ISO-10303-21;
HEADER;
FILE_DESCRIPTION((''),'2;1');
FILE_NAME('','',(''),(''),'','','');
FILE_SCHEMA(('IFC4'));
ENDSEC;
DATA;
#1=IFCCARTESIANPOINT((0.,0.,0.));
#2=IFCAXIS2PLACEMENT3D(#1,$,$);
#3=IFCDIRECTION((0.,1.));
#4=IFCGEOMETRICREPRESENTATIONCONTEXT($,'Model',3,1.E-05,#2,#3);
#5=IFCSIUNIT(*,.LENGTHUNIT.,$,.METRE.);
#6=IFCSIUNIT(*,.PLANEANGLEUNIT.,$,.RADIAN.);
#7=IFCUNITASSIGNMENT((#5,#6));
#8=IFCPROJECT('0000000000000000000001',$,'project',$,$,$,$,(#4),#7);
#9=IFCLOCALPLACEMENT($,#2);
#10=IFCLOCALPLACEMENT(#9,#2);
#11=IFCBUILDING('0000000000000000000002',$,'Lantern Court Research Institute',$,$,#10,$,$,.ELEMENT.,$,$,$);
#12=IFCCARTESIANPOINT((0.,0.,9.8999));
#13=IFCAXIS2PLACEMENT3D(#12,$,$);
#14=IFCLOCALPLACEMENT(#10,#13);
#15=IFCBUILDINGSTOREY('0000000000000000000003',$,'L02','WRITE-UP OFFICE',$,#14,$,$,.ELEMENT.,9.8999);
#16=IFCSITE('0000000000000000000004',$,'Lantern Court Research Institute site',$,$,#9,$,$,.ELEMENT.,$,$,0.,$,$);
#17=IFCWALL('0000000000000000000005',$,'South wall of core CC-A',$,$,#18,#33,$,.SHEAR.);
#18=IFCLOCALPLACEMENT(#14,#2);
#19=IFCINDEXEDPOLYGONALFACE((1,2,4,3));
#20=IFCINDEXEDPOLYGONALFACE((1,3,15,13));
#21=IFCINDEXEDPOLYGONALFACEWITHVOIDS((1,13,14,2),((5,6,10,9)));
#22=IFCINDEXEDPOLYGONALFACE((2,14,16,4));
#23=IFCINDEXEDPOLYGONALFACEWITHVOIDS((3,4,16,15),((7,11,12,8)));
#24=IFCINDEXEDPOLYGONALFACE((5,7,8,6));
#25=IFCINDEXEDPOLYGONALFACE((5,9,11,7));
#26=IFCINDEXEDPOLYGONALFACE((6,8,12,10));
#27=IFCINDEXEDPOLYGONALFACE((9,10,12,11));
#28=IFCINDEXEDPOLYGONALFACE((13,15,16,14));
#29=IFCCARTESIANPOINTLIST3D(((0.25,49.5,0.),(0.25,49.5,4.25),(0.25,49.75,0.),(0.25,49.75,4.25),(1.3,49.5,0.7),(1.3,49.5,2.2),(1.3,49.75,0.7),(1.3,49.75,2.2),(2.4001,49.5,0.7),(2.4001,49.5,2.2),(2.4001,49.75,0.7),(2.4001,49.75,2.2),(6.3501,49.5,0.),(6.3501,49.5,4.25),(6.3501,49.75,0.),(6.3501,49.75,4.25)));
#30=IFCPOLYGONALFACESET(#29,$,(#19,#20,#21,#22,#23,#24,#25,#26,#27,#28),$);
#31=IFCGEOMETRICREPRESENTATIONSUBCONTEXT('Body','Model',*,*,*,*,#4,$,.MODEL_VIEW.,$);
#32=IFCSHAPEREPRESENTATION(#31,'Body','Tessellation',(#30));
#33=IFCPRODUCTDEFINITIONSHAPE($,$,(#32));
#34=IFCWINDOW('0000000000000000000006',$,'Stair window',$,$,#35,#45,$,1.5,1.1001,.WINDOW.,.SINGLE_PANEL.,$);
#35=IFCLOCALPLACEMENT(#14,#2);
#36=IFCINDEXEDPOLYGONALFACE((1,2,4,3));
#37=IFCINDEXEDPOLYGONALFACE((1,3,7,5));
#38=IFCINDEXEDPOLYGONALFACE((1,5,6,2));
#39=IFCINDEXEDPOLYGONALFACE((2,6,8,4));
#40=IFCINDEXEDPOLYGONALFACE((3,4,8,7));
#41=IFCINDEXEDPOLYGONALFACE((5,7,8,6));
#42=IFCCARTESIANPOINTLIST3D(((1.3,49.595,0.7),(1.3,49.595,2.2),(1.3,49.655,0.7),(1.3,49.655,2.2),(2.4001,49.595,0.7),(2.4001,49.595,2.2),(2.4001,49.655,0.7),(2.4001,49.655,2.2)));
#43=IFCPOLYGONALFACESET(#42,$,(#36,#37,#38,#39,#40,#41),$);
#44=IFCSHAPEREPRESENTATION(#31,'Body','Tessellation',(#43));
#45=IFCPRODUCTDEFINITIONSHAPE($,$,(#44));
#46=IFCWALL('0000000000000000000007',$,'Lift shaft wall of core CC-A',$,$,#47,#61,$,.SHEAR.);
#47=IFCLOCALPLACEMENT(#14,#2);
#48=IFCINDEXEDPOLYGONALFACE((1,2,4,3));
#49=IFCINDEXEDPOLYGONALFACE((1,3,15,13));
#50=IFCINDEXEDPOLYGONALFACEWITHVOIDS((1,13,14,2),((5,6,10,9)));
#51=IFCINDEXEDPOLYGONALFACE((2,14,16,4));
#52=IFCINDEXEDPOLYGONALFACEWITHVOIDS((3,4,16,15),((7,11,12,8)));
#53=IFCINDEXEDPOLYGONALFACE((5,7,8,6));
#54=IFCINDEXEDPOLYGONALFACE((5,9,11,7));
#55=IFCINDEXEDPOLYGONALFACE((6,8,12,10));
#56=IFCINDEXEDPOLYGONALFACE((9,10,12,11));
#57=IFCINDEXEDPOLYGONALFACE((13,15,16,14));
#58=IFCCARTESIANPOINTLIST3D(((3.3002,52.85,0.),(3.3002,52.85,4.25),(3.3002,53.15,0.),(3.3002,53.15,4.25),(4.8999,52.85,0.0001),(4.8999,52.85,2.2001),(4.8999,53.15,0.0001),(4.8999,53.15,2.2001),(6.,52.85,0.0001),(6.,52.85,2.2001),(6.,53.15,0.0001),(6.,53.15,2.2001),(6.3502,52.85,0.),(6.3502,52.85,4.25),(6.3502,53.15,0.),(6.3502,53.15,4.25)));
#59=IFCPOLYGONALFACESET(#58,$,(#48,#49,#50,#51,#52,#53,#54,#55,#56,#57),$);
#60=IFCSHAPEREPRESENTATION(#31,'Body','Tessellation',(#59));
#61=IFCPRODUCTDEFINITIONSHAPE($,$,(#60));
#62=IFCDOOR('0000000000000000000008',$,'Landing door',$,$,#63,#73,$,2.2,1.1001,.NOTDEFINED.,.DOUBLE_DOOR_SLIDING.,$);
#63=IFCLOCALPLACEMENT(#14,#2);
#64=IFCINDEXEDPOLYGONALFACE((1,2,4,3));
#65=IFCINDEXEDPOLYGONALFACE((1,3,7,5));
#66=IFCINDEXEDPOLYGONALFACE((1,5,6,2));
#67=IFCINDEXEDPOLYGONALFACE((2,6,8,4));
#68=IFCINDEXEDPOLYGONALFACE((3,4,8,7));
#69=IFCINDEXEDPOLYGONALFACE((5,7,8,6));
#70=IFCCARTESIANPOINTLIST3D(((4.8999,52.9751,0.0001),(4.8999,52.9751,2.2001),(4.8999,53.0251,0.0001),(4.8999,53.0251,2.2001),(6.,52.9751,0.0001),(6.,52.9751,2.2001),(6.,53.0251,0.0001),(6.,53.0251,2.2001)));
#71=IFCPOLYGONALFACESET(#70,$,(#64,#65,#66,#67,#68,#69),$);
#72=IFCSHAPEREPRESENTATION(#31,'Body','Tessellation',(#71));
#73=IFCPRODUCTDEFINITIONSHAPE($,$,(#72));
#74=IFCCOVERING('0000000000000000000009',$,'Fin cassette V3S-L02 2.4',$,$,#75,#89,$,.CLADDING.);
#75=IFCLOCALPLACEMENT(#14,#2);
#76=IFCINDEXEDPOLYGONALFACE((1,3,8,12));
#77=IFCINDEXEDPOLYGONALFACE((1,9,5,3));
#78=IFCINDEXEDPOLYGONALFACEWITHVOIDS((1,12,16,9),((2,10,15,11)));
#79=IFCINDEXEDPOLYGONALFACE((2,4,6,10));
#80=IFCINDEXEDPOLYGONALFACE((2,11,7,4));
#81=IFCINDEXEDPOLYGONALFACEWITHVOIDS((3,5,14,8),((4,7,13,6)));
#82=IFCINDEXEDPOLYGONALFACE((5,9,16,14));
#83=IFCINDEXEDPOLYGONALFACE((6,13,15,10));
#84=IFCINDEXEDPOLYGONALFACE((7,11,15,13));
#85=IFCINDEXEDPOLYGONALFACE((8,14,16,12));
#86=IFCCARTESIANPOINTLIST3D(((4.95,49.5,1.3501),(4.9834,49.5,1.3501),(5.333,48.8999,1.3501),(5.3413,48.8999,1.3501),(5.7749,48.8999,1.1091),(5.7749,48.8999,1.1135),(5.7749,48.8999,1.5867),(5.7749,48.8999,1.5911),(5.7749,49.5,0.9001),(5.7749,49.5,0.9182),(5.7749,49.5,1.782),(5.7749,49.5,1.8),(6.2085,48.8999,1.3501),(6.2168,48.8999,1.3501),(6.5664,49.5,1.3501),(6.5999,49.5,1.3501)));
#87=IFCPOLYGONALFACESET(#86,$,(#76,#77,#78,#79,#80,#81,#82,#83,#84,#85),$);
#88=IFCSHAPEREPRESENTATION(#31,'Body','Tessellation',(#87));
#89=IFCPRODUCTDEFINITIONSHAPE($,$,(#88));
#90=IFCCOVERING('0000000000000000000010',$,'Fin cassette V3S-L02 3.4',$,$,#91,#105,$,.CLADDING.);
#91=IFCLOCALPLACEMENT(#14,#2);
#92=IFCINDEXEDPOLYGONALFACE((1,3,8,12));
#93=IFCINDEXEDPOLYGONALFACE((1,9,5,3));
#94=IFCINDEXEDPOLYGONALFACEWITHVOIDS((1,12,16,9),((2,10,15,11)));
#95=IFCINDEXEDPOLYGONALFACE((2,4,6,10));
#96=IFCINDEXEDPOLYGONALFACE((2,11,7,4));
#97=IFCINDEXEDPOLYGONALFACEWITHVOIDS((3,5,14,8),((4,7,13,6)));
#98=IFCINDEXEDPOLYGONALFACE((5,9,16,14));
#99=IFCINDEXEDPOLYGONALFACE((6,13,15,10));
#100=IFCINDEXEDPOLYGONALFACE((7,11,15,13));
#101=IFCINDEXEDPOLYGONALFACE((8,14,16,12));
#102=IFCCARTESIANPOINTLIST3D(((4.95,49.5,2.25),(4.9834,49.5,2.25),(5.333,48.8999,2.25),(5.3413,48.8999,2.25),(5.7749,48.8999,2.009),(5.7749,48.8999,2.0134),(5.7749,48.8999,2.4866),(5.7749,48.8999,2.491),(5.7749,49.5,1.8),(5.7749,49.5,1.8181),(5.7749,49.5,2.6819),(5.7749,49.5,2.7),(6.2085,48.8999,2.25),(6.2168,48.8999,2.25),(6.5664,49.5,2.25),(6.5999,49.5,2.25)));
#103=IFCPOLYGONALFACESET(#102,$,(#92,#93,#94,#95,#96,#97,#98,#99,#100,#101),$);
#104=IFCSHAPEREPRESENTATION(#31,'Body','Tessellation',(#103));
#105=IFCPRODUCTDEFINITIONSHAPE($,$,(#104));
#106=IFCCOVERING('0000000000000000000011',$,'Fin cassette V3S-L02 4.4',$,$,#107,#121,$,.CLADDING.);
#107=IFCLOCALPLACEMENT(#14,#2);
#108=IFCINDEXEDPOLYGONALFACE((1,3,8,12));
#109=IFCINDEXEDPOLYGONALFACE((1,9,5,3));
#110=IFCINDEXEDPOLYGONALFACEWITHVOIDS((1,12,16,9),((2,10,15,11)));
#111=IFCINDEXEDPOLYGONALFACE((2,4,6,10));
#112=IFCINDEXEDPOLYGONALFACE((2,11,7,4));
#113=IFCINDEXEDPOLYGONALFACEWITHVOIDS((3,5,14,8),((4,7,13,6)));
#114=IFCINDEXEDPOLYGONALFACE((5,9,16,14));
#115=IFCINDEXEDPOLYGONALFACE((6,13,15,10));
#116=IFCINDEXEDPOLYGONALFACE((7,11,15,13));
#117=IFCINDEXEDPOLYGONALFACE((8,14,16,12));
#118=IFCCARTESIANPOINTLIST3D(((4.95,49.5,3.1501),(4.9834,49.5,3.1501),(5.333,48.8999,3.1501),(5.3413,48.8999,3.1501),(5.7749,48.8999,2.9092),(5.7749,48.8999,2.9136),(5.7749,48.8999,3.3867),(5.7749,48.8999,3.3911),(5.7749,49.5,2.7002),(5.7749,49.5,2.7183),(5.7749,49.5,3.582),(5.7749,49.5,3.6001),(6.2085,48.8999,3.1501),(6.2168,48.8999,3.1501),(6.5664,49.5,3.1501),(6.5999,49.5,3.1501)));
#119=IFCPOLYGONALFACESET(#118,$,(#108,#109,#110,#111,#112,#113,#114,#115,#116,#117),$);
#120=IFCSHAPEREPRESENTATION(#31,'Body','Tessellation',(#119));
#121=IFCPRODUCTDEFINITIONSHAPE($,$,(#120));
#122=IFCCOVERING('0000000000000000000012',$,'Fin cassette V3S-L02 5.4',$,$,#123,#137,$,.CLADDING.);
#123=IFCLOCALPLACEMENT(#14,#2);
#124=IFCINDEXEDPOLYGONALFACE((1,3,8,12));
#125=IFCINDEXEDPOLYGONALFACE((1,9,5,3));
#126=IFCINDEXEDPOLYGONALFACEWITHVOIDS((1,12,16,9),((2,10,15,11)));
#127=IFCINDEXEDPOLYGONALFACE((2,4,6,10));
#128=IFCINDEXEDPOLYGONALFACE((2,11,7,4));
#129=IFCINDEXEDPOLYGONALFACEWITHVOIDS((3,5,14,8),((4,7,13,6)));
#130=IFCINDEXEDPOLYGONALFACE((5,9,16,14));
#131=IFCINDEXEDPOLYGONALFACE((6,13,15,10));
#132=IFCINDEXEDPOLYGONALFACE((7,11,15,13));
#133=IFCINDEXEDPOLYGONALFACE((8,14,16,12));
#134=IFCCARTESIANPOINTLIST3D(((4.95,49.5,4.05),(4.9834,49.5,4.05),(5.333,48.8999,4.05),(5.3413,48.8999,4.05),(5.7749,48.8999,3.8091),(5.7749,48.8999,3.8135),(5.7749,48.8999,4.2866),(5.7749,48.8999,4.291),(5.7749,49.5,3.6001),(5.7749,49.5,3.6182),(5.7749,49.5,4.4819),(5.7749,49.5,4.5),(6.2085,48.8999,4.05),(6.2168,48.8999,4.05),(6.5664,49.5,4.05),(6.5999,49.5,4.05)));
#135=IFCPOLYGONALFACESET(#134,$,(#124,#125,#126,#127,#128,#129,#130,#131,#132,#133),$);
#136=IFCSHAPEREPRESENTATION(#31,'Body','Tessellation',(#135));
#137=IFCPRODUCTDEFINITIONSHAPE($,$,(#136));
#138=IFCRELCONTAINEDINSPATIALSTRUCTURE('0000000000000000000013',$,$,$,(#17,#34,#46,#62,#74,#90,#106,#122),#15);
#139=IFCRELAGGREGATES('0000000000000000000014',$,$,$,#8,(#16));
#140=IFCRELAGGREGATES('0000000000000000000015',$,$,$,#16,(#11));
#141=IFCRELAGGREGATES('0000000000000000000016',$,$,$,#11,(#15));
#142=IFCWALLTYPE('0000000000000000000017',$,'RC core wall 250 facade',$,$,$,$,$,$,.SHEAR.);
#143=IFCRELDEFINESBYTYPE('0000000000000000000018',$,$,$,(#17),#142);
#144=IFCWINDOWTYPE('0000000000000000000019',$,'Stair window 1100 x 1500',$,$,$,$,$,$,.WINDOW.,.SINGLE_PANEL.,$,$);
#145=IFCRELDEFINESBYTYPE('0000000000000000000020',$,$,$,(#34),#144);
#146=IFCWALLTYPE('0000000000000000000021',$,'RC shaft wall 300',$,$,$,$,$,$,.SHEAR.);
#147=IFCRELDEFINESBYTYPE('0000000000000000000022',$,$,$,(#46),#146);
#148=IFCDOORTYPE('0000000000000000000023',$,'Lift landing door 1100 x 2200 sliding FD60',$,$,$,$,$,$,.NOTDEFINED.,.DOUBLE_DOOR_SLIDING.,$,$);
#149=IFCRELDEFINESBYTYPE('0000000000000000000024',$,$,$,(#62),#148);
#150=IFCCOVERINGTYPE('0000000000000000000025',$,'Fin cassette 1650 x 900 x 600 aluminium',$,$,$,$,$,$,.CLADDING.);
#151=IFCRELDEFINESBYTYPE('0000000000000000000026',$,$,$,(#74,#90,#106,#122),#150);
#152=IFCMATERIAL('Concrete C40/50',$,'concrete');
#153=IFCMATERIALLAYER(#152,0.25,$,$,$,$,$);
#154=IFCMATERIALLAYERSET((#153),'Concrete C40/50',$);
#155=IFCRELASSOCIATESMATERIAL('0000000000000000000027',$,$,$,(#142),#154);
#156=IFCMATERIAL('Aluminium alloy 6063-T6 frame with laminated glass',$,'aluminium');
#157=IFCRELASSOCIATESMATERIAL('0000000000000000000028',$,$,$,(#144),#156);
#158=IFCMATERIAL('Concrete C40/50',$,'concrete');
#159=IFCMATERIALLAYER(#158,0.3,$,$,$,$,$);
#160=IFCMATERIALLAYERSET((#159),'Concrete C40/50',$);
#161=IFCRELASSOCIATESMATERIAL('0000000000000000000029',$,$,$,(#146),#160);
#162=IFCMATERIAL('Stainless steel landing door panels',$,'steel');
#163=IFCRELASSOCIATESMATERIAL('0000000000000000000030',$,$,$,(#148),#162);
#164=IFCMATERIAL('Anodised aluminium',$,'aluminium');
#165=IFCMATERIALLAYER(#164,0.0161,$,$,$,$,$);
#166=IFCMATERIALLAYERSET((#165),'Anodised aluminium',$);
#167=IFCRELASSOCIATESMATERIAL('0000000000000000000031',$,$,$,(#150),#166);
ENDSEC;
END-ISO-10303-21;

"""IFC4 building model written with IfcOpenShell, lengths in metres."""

from ifc_helpers import new_model, entity, si_unit, direction, frame, frame_2d, origin, place, context, subcontext, project, spatial, rectangle, extrude, material, layer, layer_set, type_object, element, fill, save


model = new_model("IFC4")

# Units and contexts
model_context = context("Model", 3, precision=1e-05, world=origin(), true_north=direction((0.0, 1.0)))
body_context = subcontext(model_context, "Body", "Model", "MODEL_VIEW")
ifc_project = project(units=[si_unit("LENGTHUNIT", "METRE"), si_unit("PLANEANGLEUNIT", "RADIAN")], contexts=[model_context])

# Site, building, storey
site_placement = place(None, origin())
site = spatial("IfcSite", under=ifc_project, at=site_placement, Name="Lantern Court Research Institute site", CompositionType="ELEMENT", RefElevation=0.0)
building_placement = place(site_placement, origin())
building = spatial("IfcBuilding", under=site, at=building_placement, Name="Lantern Court Research Institute", CompositionType="ELEMENT")
storey_placement = place(building_placement, frame((0.0, 0.0, 9.8999)))
storey = spatial("IfcBuildingStorey", under=building, at=storey_placement, Name="L02", Description="WRITE-UP OFFICE", CompositionType="ELEMENT", Elevation=9.8999)

# Wall, opening, window
ifc_material_1 = material(Name="Concrete C40/50", Category="concrete")
ifc_layer_1 = layer(ifc_material_1, 0.25)
ifc_layer_set_1 = layer_set([ifc_layer_1], Name="Concrete C40/50")
wall_type_1 = type_object("IfcWallType", Name="RC core wall 250 facade", PredefinedType="SHEAR", material=ifc_layer_set_1)
wall_1_placement = place(storey_placement, frame((6.3501, 49.625, 0.0), z_axis=(0.0, 0.0, 1.0), x_axis=(-1.0, 0.0, 0.0)))
wall_1 = element("IfcWall", 1, at=wall_1_placement, inside=storey, type_object=wall_type_1, Name="South wall of core CC-A", PredefinedType="SHEAR", context=body_context, shape_type="SweptSolid", body=[
    extrude(rectangle(XDim=6.1001, YDim=0.25, at=frame_2d((3.05, 0.0))), origin(), (0.0, 0.0, 1.0), 4.25),
])
opening_1_placement = place(wall_1_placement, frame((3.95, 0.0, 0.7)))
opening_1 = element("IfcOpeningElement", 2, at=opening_1_placement, cuts=wall_1, PredefinedType="OPENING", context=body_context, shape_type="SweptSolid", body=[
    extrude(rectangle(XDim=1.1001, YDim=1.5, at=frame_2d((0.55, 0.75))), frame((0.0, 0.135, 0.0), z_axis=(0.0, -1.0, 0.0), x_axis=(1.0, 0.0, 0.0)), (0.0, 0.0, 1.0), 0.27),
])
ifc_material_2 = material(Name="Aluminium alloy 6063-T6 frame with laminated glass", Category="aluminium")
window_type = type_object("IfcWindowType", Name="Stair window 1100 x 1500", PartitioningType="SINGLE_PANEL", PredefinedType="WINDOW", material=ifc_material_2)
window_placement = place(opening_1_placement, origin())
window = element("IfcWindow", 3, at=window_placement, inside=storey, type_object=window_type, Name="Stair window", OverallHeight=1.5, OverallWidth=1.1001, PartitioningType="SINGLE_PANEL", PredefinedType="WINDOW", context=body_context, shape_type="SweptSolid", body=[
    extrude(rectangle(XDim=1.1001, YDim=1.5, at=frame_2d((0.55, 0.75))), frame((0.0, 0.03, 0.0), z_axis=(0.0, -1.0, 0.0), x_axis=(1.0, 0.0, 0.0)), (0.0, 0.0, 1.0), 0.0601),
])
fill(opening_1, window)

# Wall, opening, door
ifc_material_3 = material(Name="Concrete C40/50", Category="concrete")
ifc_layer_2 = layer(ifc_material_3, 0.3)
ifc_layer_set_2 = layer_set([ifc_layer_2], Name="Concrete C40/50")
wall_type_2 = type_object("IfcWallType", Name="RC shaft wall 300", PredefinedType="SHEAR", material=ifc_layer_set_2)
wall_2_placement = place(storey_placement, frame((6.3501, 53.0, 0.0), z_axis=(0.0, 0.0, 1.0), x_axis=(-1.0, 0.0, 0.0)))
wall_2 = element("IfcWall", 4, at=wall_2_placement, inside=storey, type_object=wall_type_2, Name="Lift shaft wall of core CC-A", PredefinedType="SHEAR", context=body_context, shape_type="SweptSolid", body=[
    extrude(rectangle(XDim=3.05, YDim=0.3, at=frame_2d((1.5249, 0.0))), origin(), (0.0, 0.0, 1.0), 4.25),
])
opening_2_placement = place(wall_2_placement, frame((0.3501, 0.0, 0.0)))
opening_2 = element("IfcOpeningElement", 5, at=opening_2_placement, cuts=wall_2, PredefinedType="OPENING", context=body_context, shape_type="SweptSolid", body=[
    extrude(rectangle(XDim=1.1001, YDim=2.2, at=frame_2d((0.55, 1.1001))), frame((0.0, 0.1599, 0.0), z_axis=(0.0, -1.0, 0.0), x_axis=(1.0, 0.0, 0.0)), (0.0, 0.0, 1.0), 0.3201),
])
ifc_material_4 = material(Name="Stainless steel landing door panels", Category="steel")
door_type_1 = type_object("IfcDoorType", Name="Lift landing door 1100 x 2200 sliding FD60", OperationType="DOUBLE_DOOR_SLIDING", PredefinedType="NOTDEFINED", material=ifc_material_4)
door_1_placement = place(opening_2_placement, origin())
door_1 = element("IfcDoor", 6, at=door_1_placement, inside=storey, type_object=door_type_1, Name="Landing door", OperationType="DOUBLE_DOOR_SLIDING", OverallHeight=2.2, OverallWidth=1.1001, PredefinedType="NOTDEFINED", context=body_context, shape_type="SweptSolid", body=[
    extrude(rectangle(XDim=1.1001, YDim=2.2, at=frame_2d((0.55, 1.1001))), frame((0.0, 0.0249, 0.0), z_axis=(0.0, -1.0, 0.0), x_axis=(1.0, 0.0, 0.0)), (0.0, 0.0, 1.0), 0.05),
])
fill(opening_2, door_1)

# Coverings
ifc_material_5 = material(Name="Anodised aluminium", Category="aluminium")
ifc_layer_3 = layer(ifc_material_5, 0.0161)
ifc_layer_set_3 = layer_set([ifc_layer_3], Name="Anodised aluminium")
covering_type = type_object("IfcCoveringType", Name="Fin cassette 1650 x 900 x 600 aluminium", PredefinedType="CLADDING", material=ifc_layer_set_3)
covering_1_placement = place(storey_placement, frame((5.7749, 49.5, 1.3501), z_axis=(0.0, -1.0, 0.0), x_axis=(1.0, 0.0, 0.0)))
cartesian_point_1 = entity("IfcCartesianPoint", [0.825, 0.0])
cartesian_point_2 = entity("IfcCartesianPoint", [0.7915, 0.0])
cartesian_point_3 = entity("IfcCartesianPoint", [0.4419, 0.0])
cartesian_point_4 = entity("IfcCartesianPoint", [0.4336, 0.0])
element("IfcCovering", 7, at=covering_1_placement, inside=storey, type_object=covering_type, Name="Fin cassette V3S-L02 2.4", PredefinedType="CLADDING", context=body_context, shape_type="SweptSolid", body=[
    entity("IfcExtrudedAreaSolidTapered", entity("IfcArbitraryProfileDefWithVoids", "AREA", None, entity("IfcPolyline", [cartesian_point_1, entity("IfcCartesianPoint", [0.0, 0.45]), entity("IfcCartesianPoint", [-0.825, 0.0]), entity("IfcCartesianPoint", [0.0, -0.45]), cartesian_point_1]), [entity("IfcPolyline", [cartesian_point_2, entity("IfcCartesianPoint", [0.0, 0.4319]), entity("IfcCartesianPoint", [-0.7915, 0.0]), entity("IfcCartesianPoint", [0.0, -0.4319]), cartesian_point_2])]), entity("IfcAxis2Placement3D", entity("IfcCartesianPoint", [0.0, 0.0, 0.0])), entity("IfcDirection", [0.0, 0.0, 1.0]), 0.6001, entity("IfcArbitraryProfileDefWithVoids", "AREA", None, entity("IfcPolyline", [cartesian_point_3, entity("IfcCartesianPoint", [0.0, 0.241]), entity("IfcCartesianPoint", [-0.4419, 0.0]), entity("IfcCartesianPoint", [0.0, -0.241]), cartesian_point_3]), [entity("IfcPolyline", [cartesian_point_4, entity("IfcCartesianPoint", [0.0, 0.2366]), entity("IfcCartesianPoint", [-0.4336, 0.0]), entity("IfcCartesianPoint", [0.0, -0.2366]), cartesian_point_4])])),
])
covering_2_placement = place(storey_placement, frame((5.7749, 49.5, 2.25), z_axis=(0.0, -1.0, 0.0), x_axis=(1.0, 0.0, 0.0)))
cartesian_point_5 = entity("IfcCartesianPoint", [0.825, 0.0])
cartesian_point_6 = entity("IfcCartesianPoint", [0.7915, 0.0])
cartesian_point_7 = entity("IfcCartesianPoint", [0.4419, 0.0])
cartesian_point_8 = entity("IfcCartesianPoint", [0.4336, 0.0])
element("IfcCovering", 8, at=covering_2_placement, inside=storey, type_object=covering_type, Name="Fin cassette V3S-L02 3.4", PredefinedType="CLADDING", context=body_context, shape_type="SweptSolid", body=[
    entity("IfcExtrudedAreaSolidTapered", entity("IfcArbitraryProfileDefWithVoids", "AREA", None, entity("IfcPolyline", [cartesian_point_5, entity("IfcCartesianPoint", [0.0, 0.45]), entity("IfcCartesianPoint", [-0.825, 0.0]), entity("IfcCartesianPoint", [0.0, -0.45]), cartesian_point_5]), [entity("IfcPolyline", [cartesian_point_6, entity("IfcCartesianPoint", [0.0, 0.4319]), entity("IfcCartesianPoint", [-0.7915, 0.0]), entity("IfcCartesianPoint", [0.0, -0.4319]), cartesian_point_6])]), entity("IfcAxis2Placement3D", entity("IfcCartesianPoint", [0.0, 0.0, 0.0])), entity("IfcDirection", [0.0, 0.0, 1.0]), 0.6001, entity("IfcArbitraryProfileDefWithVoids", "AREA", None, entity("IfcPolyline", [cartesian_point_7, entity("IfcCartesianPoint", [0.0, 0.241]), entity("IfcCartesianPoint", [-0.4419, 0.0]), entity("IfcCartesianPoint", [0.0, -0.241]), cartesian_point_7]), [entity("IfcPolyline", [cartesian_point_8, entity("IfcCartesianPoint", [0.0, 0.2366]), entity("IfcCartesianPoint", [-0.4336, 0.0]), entity("IfcCartesianPoint", [0.0, -0.2366]), cartesian_point_8])])),
])
covering_3_placement = place(storey_placement, frame((5.7749, 49.5, 3.1501), z_axis=(0.0, -1.0, 0.0), x_axis=(1.0, 0.0, 0.0)))
cartesian_point_9 = entity("IfcCartesianPoint", [0.825, 0.0])
cartesian_point_10 = entity("IfcCartesianPoint", [0.7915, 0.0])
cartesian_point_11 = entity("IfcCartesianPoint", [0.4419, 0.0])
cartesian_point_12 = entity("IfcCartesianPoint", [0.4336, 0.0])
element("IfcCovering", 9, at=covering_3_placement, inside=storey, type_object=covering_type, Name="Fin cassette V3S-L02 4.4", PredefinedType="CLADDING", context=body_context, shape_type="SweptSolid", body=[
    entity("IfcExtrudedAreaSolidTapered", entity("IfcArbitraryProfileDefWithVoids", "AREA", None, entity("IfcPolyline", [cartesian_point_9, entity("IfcCartesianPoint", [0.0, 0.45]), entity("IfcCartesianPoint", [-0.825, 0.0]), entity("IfcCartesianPoint", [0.0, -0.45]), cartesian_point_9]), [entity("IfcPolyline", [cartesian_point_10, entity("IfcCartesianPoint", [0.0, 0.4319]), entity("IfcCartesianPoint", [-0.7915, 0.0]), entity("IfcCartesianPoint", [0.0, -0.4319]), cartesian_point_10])]), entity("IfcAxis2Placement3D", entity("IfcCartesianPoint", [0.0, 0.0, 0.0])), entity("IfcDirection", [0.0, 0.0, 1.0]), 0.6001, entity("IfcArbitraryProfileDefWithVoids", "AREA", None, entity("IfcPolyline", [cartesian_point_11, entity("IfcCartesianPoint", [0.0, 0.241]), entity("IfcCartesianPoint", [-0.4419, 0.0]), entity("IfcCartesianPoint", [0.0, -0.241]), cartesian_point_11]), [entity("IfcPolyline", [cartesian_point_12, entity("IfcCartesianPoint", [0.0, 0.2366]), entity("IfcCartesianPoint", [-0.4336, 0.0]), entity("IfcCartesianPoint", [0.0, -0.2366]), cartesian_point_12])])),
])
covering_4_placement = place(storey_placement, frame((5.7749, 49.5, 4.05), z_axis=(0.0, -1.0, 0.0), x_axis=(1.0, 0.0, 0.0)))
cartesian_point_13 = entity("IfcCartesianPoint", [0.825, 0.0])
cartesian_point_14 = entity("IfcCartesianPoint", [0.7915, 0.0])
cartesian_point_15 = entity("IfcCartesianPoint", [0.4419, 0.0])
cartesian_point_16 = entity("IfcCartesianPoint", [0.4336, 0.0])
element("IfcCovering", 10, at=covering_4_placement, inside=storey, type_object=covering_type, Name="Fin cassette V3S-L02 5.4", PredefinedType="CLADDING", context=body_context, shape_type="SweptSolid", body=[
    entity("IfcExtrudedAreaSolidTapered", entity("IfcArbitraryProfileDefWithVoids", "AREA", None, entity("IfcPolyline", [cartesian_point_13, entity("IfcCartesianPoint", [0.0, 0.45]), entity("IfcCartesianPoint", [-0.825, 0.0]), entity("IfcCartesianPoint", [0.0, -0.45]), cartesian_point_13]), [entity("IfcPolyline", [cartesian_point_14, entity("IfcCartesianPoint", [0.0, 0.4319]), entity("IfcCartesianPoint", [-0.7915, 0.0]), entity("IfcCartesianPoint", [0.0, -0.4319]), cartesian_point_14])]), entity("IfcAxis2Placement3D", entity("IfcCartesianPoint", [0.0, 0.0, 0.0])), entity("IfcDirection", [0.0, 0.0, 1.0]), 0.6001, entity("IfcArbitraryProfileDefWithVoids", "AREA", None, entity("IfcPolyline", [cartesian_point_15, entity("IfcCartesianPoint", [0.0, 0.241]), entity("IfcCartesianPoint", [-0.4419, 0.0]), entity("IfcCartesianPoint", [0.0, -0.241]), cartesian_point_15]), [entity("IfcPolyline", [cartesian_point_16, entity("IfcCartesianPoint", [0.0, 0.2366]), entity("IfcCartesianPoint", [-0.4336, 0.0]), entity("IfcCartesianPoint", [0.0, -0.2366]), cartesian_point_16])])),
])

save(model, "model.ifc")
